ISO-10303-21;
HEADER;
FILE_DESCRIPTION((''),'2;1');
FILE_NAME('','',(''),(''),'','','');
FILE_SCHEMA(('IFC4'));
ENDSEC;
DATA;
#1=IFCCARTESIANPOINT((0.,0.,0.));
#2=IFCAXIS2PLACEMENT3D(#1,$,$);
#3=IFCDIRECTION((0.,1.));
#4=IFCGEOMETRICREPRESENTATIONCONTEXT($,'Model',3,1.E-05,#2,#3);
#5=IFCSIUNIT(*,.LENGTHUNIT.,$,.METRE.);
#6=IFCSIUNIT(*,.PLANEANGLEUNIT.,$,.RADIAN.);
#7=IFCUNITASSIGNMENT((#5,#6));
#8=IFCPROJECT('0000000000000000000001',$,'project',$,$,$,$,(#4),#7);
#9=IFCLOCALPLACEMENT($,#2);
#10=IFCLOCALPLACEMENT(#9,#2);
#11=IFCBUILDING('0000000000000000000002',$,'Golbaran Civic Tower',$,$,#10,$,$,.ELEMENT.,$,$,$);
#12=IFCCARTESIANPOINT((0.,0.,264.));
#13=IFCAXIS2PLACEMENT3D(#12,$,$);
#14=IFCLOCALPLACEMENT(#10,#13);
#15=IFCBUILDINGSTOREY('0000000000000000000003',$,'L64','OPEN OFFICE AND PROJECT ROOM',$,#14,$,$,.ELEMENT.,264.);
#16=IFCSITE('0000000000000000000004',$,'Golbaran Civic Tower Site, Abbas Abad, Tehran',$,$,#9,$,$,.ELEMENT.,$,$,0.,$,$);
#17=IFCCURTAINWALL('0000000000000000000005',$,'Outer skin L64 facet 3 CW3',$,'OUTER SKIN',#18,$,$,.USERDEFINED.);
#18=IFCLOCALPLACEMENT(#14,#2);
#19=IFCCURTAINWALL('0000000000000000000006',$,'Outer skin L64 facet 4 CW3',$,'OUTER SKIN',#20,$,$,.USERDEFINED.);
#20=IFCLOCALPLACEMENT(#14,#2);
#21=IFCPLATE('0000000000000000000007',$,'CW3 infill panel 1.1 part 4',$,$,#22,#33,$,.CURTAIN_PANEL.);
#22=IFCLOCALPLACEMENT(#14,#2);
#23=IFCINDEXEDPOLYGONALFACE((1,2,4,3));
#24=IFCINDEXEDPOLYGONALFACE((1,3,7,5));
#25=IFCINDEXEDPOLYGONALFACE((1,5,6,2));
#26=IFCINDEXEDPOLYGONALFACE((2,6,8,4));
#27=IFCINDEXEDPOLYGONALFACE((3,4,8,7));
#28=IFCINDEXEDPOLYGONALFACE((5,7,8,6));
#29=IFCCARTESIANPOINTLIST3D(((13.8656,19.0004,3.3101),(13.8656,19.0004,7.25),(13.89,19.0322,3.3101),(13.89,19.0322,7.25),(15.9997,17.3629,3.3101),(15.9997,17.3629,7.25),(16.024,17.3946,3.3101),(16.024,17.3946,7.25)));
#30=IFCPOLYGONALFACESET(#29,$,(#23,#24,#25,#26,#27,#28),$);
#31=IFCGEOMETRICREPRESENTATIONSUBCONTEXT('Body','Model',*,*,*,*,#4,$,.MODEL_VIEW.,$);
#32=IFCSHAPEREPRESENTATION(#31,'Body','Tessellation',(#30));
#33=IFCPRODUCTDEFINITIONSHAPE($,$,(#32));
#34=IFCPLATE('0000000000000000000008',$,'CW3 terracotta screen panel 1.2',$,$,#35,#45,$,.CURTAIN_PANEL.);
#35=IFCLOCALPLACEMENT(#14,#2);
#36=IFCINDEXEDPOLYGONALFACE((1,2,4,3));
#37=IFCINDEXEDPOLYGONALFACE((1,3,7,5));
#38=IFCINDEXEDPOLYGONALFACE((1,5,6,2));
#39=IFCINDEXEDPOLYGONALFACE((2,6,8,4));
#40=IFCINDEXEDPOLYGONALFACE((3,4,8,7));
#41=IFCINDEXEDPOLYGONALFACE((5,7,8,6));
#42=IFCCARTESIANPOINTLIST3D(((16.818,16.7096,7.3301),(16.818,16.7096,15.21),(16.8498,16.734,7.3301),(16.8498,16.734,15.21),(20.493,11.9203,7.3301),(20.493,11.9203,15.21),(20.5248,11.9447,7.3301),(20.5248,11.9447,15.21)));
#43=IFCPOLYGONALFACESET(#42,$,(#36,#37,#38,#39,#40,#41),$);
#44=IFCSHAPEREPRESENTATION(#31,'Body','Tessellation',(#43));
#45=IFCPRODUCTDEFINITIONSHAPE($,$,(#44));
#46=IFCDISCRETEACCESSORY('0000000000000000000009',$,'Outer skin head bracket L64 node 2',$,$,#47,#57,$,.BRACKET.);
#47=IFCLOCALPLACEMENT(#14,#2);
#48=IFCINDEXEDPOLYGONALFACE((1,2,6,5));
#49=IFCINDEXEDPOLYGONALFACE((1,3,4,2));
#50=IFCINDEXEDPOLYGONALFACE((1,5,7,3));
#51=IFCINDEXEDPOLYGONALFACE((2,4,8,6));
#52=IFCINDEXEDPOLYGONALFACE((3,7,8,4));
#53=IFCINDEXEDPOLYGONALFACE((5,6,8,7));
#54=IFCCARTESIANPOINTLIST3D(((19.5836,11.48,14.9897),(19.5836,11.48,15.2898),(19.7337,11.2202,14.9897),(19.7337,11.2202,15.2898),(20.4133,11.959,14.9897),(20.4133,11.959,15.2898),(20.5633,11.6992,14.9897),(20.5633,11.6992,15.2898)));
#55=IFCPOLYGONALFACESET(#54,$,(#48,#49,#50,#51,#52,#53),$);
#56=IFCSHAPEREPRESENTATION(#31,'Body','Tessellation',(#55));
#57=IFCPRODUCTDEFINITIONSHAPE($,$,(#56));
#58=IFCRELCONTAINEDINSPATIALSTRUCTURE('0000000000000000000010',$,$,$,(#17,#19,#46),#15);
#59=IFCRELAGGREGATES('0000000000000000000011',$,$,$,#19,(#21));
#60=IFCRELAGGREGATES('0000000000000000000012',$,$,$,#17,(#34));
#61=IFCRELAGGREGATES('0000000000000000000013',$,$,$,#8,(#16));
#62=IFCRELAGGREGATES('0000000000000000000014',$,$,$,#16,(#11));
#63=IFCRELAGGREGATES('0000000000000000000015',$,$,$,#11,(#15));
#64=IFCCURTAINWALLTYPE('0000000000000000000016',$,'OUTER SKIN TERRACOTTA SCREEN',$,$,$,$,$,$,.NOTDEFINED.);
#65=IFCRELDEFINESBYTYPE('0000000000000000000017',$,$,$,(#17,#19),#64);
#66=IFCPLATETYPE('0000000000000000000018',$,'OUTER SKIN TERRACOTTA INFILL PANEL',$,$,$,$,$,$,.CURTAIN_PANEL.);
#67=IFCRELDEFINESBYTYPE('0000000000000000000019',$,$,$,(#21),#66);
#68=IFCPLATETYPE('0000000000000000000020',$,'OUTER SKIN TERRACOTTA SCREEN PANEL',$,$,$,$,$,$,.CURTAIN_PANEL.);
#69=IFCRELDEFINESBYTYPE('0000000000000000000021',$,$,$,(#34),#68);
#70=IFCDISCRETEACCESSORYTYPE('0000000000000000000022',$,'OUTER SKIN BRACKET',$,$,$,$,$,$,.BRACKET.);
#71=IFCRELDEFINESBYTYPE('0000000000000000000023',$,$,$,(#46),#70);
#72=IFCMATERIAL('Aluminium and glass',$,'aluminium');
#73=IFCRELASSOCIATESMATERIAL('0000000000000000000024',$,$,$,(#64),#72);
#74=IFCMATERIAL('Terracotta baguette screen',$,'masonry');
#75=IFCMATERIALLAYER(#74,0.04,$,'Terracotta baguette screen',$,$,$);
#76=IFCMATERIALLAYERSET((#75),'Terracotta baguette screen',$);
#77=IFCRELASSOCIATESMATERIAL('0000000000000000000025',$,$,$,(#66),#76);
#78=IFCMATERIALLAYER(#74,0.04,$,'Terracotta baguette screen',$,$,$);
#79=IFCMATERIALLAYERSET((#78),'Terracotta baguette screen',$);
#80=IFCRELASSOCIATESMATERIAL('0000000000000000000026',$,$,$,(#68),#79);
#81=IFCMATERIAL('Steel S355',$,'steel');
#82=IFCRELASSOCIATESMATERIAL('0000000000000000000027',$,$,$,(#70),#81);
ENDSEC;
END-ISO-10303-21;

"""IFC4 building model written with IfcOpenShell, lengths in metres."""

from ifc_helpers import new_model, si_unit, direction, frame, origin, origin_2d, place, context, subcontext, project, spatial, rectangle, extrude, material, layer, layer_set, type_object, element, aggregate, save


model = new_model("IFC4")

# Units and contexts
model_context = context("Model", 3, precision=1e-05, world=origin(), true_north=direction((0.0, 1.0)))
body_context = subcontext(model_context, "Body", "Model", "MODEL_VIEW")
ifc_project = project(units=[si_unit("LENGTHUNIT", "METRE"), si_unit("PLANEANGLEUNIT", "RADIAN")], contexts=[model_context])

# Site, building, storey
site_placement = place(None, origin())
site = spatial("IfcSite", under=ifc_project, at=site_placement, Name="Golbaran Civic Tower Site, Abbas Abad, Tehran", CompositionType="ELEMENT", RefElevation=0.0)
building_placement = place(site_placement, origin())
building = spatial("IfcBuilding", under=site, at=building_placement, Name="Golbaran Civic Tower", CompositionType="ELEMENT")
storey_placement = place(building_placement, frame((0.0, 0.0, 264.0)))
storey = spatial("IfcBuildingStorey", under=building, at=storey_placement, Name="L64", Description="OPEN OFFICE AND PROJECT ROOM", CompositionType="ELEMENT", Elevation=264.0)

# Curtain walls
ifc_material_1 = material(Name="Aluminium and glass", Category="aluminium")
curtain_wall_type_1 = type_object("IfcCurtainWallType", Name="OUTER SKIN TERRACOTTA SCREEN", PredefinedType="NOTDEFINED", material=ifc_material_1)
curtain_wall_1_placement = place(storey_placement, origin())
curtain_wall_1 = element("IfcCurtainWall", 1, at=curtain_wall_1_placement, inside=storey, type_object=curtain_wall_type_1, Name="Outer skin L64 facet 3 CW3", ObjectType="OUTER SKIN", PredefinedType="USERDEFINED")
curtain_wall_2_placement = place(storey_placement, origin())
curtain_wall_2 = element("IfcCurtainWall", 2, at=curtain_wall_2_placement, inside=storey, type_object=curtain_wall_type_1, Name="Outer skin L64 facet 4 CW3", ObjectType="OUTER SKIN", PredefinedType="USERDEFINED")

# Plates
ifc_material_2 = material(Name="Terracotta baguette screen", Category="masonry")
ifc_layer_1 = layer(ifc_material_2, 0.04, Name="Terracotta baguette screen")
ifc_layer_set_1 = layer_set([ifc_layer_1], Name="Terracotta baguette screen")
plate_type_1 = type_object("IfcPlateType", Name="OUTER SKIN TERRACOTTA INFILL PANEL", PredefinedType="CURTAIN_PANEL", material=ifc_layer_set_1)
plate_1_placement = place(storey_placement, frame((14.9448, 18.1975, 3.3101), z_axis=(0.0, 0.0, 1.0), x_axis=(-0.793353, 0.608761, 0.0)))
plate_1 = element("IfcPlate", 3, at=plate_1_placement, type_object=plate_type_1, Name="CW3 infill panel 1.1 part 4", PredefinedType="CURTAIN_PANEL", context=body_context, shape_type="SweptSolid", body=[
    extrude(rectangle(XDim=2.6899, YDim=0.04, at=origin_2d()), origin(), (0.0, 0.0, 1.0), 3.9399),
])
aggregate(curtain_wall_2, [plate_1])
ifc_layer_2 = layer(ifc_material_2, 0.04, Name="Terracotta baguette screen")
ifc_layer_set_2 = layer_set([ifc_layer_2], Name="Terracotta baguette screen")
plate_type_2 = type_object("IfcPlateType", Name="OUTER SKIN TERRACOTTA SCREEN PANEL", PredefinedType="CURTAIN_PANEL", material=ifc_layer_set_2)
plate_2_placement = place(storey_placement, frame((18.6714, 14.3271, 7.3301), z_axis=(0.0, 0.0, 1.0), x_axis=(-0.608761, 0.793353, 0.0)))
plate_2 = element("IfcPlate", 4, at=plate_2_placement, type_object=plate_type_2, Name="CW3 terracotta screen panel 1.2", PredefinedType="CURTAIN_PANEL", context=body_context, shape_type="SweptSolid", body=[
    extrude(rectangle(XDim=6.0369, YDim=0.04, at=origin_2d()), origin(), (0.0, 0.0, 1.0), 7.8799),
])
aggregate(curtain_wall_1, [plate_2])

# Discrete accessory
ifc_material_3 = material(Name="Steel S355", Category="steel")
discrete_accessory_type = type_object("IfcDiscreteAccessoryType", Name="OUTER SKIN BRACKET", PredefinedType="BRACKET", material=ifc_material_3)
discrete_accessory_placement = place(storey_placement, frame((20.0735, 11.5896, 14.9897), z_axis=(0.0, 0.0, 1.0), x_axis=(0.866025, 0.5, 0.0)))
element("IfcDiscreteAccessory", 5, at=discrete_accessory_placement, inside=storey, type_object=discrete_accessory_type, Name="Outer skin head bracket L64 node 2", PredefinedType="BRACKET", context=body_context, shape_type="SweptSolid", body=[
    extrude(rectangle(XDim=0.958, YDim=0.3, at=origin_2d()), origin(), (0.0, 0.0, 1.0), 0.3),
])

save(model, "model.ifc")
